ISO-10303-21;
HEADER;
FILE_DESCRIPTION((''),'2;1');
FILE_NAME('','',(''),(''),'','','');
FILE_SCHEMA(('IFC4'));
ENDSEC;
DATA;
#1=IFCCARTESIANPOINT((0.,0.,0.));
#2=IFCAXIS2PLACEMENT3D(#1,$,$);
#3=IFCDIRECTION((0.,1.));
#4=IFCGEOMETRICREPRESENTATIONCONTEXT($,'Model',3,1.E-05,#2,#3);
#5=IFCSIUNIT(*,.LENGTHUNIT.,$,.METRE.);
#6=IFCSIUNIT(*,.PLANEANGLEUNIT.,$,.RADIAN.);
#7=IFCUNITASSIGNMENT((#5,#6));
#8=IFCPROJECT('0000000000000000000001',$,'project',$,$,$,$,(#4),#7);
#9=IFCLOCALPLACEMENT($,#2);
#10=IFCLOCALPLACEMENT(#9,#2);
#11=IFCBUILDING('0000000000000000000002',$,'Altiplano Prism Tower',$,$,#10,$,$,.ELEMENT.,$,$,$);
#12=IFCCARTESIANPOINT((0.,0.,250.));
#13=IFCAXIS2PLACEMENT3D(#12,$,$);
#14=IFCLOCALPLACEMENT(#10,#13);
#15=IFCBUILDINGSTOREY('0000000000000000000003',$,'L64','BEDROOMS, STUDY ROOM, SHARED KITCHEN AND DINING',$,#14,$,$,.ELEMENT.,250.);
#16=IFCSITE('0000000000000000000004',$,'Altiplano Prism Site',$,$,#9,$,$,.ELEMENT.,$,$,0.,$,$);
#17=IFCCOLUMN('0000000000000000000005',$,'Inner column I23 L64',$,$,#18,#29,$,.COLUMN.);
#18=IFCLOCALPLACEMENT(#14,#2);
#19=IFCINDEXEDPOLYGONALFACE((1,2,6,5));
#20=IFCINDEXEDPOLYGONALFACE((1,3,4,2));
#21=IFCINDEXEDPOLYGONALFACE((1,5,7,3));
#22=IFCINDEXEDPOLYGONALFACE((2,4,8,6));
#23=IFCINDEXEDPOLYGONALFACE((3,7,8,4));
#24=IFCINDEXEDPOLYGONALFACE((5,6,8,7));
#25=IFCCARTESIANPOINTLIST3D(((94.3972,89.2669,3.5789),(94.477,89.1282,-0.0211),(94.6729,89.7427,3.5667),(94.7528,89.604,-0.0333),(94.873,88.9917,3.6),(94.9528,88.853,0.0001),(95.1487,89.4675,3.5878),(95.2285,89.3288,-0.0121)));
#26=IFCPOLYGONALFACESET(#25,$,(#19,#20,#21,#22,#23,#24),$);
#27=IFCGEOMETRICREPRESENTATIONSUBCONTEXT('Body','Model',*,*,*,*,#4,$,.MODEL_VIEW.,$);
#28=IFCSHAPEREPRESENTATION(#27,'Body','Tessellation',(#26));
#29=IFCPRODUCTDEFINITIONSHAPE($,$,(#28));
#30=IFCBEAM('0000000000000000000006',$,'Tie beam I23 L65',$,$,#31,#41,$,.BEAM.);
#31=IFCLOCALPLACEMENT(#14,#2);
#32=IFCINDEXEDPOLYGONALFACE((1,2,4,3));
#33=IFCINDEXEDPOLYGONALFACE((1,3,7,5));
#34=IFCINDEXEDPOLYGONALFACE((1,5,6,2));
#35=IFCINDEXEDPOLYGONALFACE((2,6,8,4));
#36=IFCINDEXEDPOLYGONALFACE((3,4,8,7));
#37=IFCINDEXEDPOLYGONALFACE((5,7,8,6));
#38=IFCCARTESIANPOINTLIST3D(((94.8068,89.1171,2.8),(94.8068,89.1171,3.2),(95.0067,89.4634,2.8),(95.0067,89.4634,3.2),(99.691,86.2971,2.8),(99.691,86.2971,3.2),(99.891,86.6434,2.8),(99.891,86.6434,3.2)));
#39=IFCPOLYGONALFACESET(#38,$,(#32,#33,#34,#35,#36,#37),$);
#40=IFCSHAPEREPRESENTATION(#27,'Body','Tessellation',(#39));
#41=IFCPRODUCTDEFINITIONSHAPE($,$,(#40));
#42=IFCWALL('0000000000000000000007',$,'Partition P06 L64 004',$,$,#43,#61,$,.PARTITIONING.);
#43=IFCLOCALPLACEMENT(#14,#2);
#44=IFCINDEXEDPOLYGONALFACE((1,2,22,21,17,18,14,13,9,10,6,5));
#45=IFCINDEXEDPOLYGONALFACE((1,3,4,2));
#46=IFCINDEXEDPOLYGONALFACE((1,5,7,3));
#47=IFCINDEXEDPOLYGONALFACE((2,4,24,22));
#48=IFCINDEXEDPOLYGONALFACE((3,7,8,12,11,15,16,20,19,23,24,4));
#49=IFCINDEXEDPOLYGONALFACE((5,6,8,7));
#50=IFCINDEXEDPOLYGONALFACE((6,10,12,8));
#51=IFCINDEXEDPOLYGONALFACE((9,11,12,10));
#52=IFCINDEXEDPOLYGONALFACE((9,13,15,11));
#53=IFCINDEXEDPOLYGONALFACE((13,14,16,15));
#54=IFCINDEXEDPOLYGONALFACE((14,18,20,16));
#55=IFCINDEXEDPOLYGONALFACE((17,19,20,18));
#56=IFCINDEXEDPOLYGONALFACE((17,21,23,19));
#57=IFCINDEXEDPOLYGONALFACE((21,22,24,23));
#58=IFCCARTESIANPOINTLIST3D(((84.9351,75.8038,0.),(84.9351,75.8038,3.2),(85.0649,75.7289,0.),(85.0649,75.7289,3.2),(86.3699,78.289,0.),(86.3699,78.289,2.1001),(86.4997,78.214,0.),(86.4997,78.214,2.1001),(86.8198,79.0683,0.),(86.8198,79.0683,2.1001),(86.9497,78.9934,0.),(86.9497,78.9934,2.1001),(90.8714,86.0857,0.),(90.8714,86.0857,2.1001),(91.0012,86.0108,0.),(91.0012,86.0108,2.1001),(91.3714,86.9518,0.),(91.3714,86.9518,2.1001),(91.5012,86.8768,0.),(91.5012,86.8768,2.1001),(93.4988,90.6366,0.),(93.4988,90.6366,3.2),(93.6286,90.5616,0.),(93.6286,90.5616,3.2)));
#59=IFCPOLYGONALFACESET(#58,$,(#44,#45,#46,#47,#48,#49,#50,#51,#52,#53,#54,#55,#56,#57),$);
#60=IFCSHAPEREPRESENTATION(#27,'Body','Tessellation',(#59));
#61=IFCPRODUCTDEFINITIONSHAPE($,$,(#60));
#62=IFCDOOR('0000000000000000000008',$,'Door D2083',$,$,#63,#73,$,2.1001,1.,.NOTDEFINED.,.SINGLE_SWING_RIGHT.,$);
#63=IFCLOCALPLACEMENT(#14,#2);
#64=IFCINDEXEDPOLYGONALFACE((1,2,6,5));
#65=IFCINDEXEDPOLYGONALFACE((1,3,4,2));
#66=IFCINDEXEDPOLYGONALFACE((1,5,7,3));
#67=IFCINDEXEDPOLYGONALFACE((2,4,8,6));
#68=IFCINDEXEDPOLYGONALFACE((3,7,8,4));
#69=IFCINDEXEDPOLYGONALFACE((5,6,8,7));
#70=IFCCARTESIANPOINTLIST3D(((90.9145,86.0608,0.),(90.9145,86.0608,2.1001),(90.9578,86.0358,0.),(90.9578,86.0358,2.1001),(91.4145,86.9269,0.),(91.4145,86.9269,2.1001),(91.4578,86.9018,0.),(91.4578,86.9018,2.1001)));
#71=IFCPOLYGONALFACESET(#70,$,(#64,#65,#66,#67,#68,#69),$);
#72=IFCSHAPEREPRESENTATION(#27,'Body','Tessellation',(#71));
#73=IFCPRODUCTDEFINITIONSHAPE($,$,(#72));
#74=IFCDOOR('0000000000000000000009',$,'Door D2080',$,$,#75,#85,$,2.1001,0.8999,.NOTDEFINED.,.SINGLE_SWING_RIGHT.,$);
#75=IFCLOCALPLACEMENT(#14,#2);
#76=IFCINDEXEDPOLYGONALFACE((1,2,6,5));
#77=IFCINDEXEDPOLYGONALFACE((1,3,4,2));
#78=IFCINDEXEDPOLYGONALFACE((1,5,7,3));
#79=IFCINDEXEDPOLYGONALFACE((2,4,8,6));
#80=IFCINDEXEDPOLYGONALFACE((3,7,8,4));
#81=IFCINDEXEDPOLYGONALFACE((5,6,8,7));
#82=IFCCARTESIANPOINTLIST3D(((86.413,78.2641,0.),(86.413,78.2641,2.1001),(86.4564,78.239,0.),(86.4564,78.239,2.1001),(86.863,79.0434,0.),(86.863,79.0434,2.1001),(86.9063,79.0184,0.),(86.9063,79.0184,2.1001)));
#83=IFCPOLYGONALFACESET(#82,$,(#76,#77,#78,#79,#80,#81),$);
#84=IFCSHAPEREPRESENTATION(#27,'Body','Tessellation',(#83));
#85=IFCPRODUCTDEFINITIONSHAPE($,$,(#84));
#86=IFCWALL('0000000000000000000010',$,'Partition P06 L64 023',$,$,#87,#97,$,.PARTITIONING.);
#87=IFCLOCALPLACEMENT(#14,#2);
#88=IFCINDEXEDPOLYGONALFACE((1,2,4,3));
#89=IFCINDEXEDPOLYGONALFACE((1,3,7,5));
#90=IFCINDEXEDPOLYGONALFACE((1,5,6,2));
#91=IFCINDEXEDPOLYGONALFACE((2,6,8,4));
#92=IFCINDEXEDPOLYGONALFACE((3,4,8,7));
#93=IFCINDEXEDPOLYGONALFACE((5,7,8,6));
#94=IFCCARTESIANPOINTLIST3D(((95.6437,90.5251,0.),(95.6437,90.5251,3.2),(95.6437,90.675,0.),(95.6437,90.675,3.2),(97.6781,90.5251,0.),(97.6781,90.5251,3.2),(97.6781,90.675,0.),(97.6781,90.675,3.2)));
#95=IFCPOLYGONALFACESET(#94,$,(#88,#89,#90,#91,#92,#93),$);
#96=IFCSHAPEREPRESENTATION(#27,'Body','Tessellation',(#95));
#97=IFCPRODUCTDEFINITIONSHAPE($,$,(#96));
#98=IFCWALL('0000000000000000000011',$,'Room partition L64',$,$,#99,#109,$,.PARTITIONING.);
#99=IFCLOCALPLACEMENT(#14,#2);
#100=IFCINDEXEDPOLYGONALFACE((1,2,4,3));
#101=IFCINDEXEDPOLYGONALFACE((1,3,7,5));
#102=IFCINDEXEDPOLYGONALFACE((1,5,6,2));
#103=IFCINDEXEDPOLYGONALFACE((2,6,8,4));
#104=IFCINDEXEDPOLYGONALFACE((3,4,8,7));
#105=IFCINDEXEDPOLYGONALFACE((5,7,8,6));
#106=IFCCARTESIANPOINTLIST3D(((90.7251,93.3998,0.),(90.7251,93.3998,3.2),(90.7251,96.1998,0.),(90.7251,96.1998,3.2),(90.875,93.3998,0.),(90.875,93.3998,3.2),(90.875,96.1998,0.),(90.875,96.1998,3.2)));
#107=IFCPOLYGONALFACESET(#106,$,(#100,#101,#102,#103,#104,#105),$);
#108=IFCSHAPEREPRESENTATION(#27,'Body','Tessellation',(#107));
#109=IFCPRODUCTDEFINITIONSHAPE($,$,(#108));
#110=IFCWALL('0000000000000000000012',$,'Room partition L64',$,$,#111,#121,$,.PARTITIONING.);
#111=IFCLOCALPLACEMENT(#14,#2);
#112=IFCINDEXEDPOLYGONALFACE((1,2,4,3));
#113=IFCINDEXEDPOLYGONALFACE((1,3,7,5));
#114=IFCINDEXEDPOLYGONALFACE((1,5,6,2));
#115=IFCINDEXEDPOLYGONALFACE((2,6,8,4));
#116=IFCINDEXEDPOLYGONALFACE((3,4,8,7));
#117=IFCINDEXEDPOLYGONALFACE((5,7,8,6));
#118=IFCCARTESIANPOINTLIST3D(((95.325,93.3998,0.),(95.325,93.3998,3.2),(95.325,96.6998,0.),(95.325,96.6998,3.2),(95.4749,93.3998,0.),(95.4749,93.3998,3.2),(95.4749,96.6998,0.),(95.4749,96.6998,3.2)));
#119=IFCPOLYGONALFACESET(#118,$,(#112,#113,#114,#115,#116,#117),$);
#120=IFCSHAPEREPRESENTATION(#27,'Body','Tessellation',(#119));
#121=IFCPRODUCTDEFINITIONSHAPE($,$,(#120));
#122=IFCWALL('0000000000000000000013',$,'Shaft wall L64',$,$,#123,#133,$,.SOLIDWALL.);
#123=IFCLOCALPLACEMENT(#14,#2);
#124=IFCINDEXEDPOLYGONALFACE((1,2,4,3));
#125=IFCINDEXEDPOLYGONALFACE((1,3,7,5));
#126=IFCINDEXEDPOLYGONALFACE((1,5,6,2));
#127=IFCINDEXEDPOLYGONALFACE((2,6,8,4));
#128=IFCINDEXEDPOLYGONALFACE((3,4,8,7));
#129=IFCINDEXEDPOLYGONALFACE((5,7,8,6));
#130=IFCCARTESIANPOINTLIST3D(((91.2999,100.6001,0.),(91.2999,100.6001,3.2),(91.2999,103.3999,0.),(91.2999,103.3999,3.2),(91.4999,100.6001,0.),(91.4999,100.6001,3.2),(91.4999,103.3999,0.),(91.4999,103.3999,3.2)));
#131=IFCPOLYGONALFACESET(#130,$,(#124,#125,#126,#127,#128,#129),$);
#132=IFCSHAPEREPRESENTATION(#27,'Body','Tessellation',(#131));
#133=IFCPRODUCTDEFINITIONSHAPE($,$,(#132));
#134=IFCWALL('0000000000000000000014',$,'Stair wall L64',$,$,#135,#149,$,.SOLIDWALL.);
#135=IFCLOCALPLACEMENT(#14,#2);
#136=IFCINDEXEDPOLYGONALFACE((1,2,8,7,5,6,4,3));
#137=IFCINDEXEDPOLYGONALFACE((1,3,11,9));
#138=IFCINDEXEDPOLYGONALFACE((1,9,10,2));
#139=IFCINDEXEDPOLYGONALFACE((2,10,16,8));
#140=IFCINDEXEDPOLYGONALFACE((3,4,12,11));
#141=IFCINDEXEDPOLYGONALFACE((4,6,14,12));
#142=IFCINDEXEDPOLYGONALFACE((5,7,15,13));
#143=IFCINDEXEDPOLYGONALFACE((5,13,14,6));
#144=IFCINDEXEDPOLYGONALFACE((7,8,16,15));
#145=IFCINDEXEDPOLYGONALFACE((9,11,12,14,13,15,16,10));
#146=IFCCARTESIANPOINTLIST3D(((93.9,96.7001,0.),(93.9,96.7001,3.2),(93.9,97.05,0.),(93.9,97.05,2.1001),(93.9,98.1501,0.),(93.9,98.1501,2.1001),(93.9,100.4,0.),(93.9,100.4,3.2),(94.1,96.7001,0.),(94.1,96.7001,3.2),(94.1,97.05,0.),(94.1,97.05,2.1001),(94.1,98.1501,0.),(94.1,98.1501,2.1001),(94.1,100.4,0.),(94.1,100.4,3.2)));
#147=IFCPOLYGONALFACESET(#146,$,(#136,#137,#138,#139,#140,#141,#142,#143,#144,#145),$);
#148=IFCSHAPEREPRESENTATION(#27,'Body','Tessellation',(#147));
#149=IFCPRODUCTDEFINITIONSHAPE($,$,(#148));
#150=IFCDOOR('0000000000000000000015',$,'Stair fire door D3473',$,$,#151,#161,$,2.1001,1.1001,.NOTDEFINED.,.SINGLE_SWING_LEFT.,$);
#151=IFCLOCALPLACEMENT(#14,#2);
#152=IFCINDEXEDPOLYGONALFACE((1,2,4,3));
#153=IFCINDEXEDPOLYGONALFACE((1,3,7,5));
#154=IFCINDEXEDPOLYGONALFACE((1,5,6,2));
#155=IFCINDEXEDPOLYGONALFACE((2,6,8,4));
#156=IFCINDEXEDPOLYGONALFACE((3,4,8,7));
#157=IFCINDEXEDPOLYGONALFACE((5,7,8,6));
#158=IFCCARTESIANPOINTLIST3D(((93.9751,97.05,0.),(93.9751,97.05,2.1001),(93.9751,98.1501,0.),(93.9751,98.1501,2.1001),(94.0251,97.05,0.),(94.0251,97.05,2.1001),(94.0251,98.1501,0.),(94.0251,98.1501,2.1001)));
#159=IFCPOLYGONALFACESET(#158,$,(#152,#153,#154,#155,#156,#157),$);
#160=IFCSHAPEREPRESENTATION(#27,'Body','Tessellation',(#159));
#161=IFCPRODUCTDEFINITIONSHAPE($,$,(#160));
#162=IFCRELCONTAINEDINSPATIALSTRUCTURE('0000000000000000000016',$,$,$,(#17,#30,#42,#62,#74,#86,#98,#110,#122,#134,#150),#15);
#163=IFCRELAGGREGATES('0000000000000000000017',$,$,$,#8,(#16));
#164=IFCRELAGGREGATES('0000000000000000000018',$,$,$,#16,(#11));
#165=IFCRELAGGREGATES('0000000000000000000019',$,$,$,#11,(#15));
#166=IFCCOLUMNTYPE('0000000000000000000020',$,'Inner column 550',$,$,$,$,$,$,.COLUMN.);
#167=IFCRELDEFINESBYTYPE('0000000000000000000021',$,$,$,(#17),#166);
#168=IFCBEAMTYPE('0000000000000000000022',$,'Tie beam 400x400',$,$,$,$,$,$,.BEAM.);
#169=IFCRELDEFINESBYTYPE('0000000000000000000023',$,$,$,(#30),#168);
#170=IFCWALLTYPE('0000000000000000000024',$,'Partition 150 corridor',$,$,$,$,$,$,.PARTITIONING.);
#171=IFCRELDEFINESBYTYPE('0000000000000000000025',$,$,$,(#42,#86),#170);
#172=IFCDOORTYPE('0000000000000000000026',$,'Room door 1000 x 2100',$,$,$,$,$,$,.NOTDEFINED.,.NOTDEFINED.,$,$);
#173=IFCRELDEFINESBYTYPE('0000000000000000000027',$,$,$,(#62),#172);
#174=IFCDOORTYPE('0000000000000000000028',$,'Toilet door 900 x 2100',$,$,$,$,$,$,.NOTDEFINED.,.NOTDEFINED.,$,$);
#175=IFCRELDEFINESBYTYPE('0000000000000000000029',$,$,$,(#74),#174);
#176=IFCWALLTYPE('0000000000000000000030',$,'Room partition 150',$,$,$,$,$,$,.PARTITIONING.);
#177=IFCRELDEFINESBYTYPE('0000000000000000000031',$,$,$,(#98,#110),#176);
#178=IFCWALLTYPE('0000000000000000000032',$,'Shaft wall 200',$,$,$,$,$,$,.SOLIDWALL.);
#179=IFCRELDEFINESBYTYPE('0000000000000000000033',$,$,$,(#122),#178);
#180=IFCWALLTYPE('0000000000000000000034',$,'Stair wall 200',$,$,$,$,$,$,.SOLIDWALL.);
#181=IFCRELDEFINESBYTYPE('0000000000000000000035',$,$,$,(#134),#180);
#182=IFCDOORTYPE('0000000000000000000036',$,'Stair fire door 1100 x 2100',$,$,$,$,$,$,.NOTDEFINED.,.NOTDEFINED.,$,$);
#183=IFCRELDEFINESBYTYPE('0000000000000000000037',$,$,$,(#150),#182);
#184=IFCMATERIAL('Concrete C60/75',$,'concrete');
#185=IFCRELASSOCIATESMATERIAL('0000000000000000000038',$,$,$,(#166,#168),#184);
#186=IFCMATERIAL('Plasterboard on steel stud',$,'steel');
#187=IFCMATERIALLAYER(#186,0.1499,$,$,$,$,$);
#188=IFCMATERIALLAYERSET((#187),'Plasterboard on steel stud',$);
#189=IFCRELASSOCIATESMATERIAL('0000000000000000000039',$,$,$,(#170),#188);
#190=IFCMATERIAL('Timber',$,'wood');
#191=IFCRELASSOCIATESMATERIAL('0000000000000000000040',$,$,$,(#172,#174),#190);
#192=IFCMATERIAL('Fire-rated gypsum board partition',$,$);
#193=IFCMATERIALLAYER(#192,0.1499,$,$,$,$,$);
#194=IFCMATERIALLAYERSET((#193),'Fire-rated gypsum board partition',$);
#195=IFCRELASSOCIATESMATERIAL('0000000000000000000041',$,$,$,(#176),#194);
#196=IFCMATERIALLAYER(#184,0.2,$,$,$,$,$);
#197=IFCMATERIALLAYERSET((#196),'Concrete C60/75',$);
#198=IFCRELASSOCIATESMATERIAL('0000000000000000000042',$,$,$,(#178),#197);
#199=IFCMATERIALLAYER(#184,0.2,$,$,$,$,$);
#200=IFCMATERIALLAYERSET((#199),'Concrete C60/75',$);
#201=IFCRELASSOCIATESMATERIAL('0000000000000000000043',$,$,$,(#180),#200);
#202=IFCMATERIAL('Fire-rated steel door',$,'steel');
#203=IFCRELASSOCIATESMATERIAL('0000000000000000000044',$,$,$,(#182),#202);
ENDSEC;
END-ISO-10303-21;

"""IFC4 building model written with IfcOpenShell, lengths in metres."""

from ifc_helpers import new_model, si_unit, direction, frame, frame_2d, origin, origin_2d, place, context, subcontext, project, spatial, rectangle, extrude, material, layer, layer_set, material_profile, profile_set, type_object, element, fill, save


model = new_model("IFC4")

# Units and contexts
model_context = context("Model", 3, precision=1e-05, world=origin(), true_north=direction((0.0, 1.0)))
body_context = subcontext(model_context, "Body", "Model", "MODEL_VIEW")
ifc_project = project(units=[si_unit("LENGTHUNIT", "METRE"), si_unit("PLANEANGLEUNIT", "RADIAN")], contexts=[model_context])

# Site, building, storey
site_placement = place(None, origin())
site = spatial("IfcSite", under=ifc_project, at=site_placement, Name="Altiplano Prism Site", CompositionType="ELEMENT", RefElevation=0.0)
building_placement = place(site_placement, origin())
building = spatial("IfcBuilding", under=site, at=building_placement, Name="Altiplano Prism Tower", CompositionType="ELEMENT")
storey_placement = place(building_placement, frame((0.0, 0.0, 250.0)))
storey = spatial("IfcBuildingStorey", under=building, at=storey_placement, Name="L64", Description="BEDROOMS, STUDY ROOM, SHARED KITCHEN AND DINING", CompositionType="ELEMENT", Elevation=250.0)

# Column
ifc_material_1 = material(Name="Concrete C60/75", Category="concrete")
ifc_material_profile_1 = material_profile(ifc_material_1, rectangle(XDim=0.55, YDim=0.55, at=origin_2d()), Name="Inner column 550")
ifc_profile_set_1 = profile_set([ifc_material_profile_1], Name="Concrete C60/75")
column_type = type_object("IfcColumnType", Name="Inner column 550", PredefinedType="COLUMN", material=ifc_profile_set_1)
column_placement = place(storey_placement, frame((94.8528, 89.2285, -0.0166), z_axis=(-0.022155, 0.038484, 0.999014), x_axis=(-0.501313, -0.864981, 0.022203)))
element("IfcColumn", 1, at=column_placement, inside=storey, type_object=column_type, Name="Inner column I23 L64", PredefinedType="COLUMN", context=body_context, shape_type="SweptSolid", body=[
    extrude(rectangle(XDim=0.55, YDim=0.55, at=origin_2d()), origin(), (0.0, 0.0, 1.0), 3.6035),
])

# Beam
ifc_material_profile_2 = material_profile(ifc_material_1, rectangle(XDim=0.3999, YDim=0.3999, at=origin_2d()), Name="Tie beam 400x400")
ifc_profile_set_2 = profile_set([ifc_material_profile_2], Name="Concrete C60/75")
beam_type = type_object("IfcBeamType", Name="Tie beam 400x400", PredefinedType="BEAM", material=ifc_profile_set_2)
beam_placement = place(storey_placement, frame((94.9067, 89.2903, 3.0), z_axis=(0.866015, -0.500017, 0.0), x_axis=(0.500017, 0.866015, 0.0)))
element("IfcBeam", 2, at=beam_placement, inside=storey, type_object=beam_type, Name="Tie beam I23 L65", PredefinedType="BEAM", context=body_context, shape_type="SweptSolid", body=[
    extrude(rectangle(XDim=0.3999, YDim=0.3999, at=origin_2d()), origin(), (0.0, 0.0, 1.0), 5.6399),
])

# Wall, openings, doors
ifc_material_2 = material(Name="Plasterboard on steel stud", Category="steel")
ifc_layer_1 = layer(ifc_material_2, 0.1499)
ifc_layer_set_1 = layer_set([ifc_layer_1], Name="Plasterboard on steel stud")
wall_type_1 = type_object("IfcWallType", Name="Partition 150 corridor", PredefinedType="PARTITIONING", material=ifc_layer_set_1)
wall_1_placement = place(storey_placement, frame((93.5637, 90.5991, 0.0), z_axis=(0.0, 0.0, 1.0), x_axis=(-0.500001, -0.866025, 0.0)))
wall_1 = element("IfcWall", 3, at=wall_1_placement, inside=storey, type_object=wall_type_1, Name="Partition P06 L64 004", PredefinedType="PARTITIONING", context=body_context, shape_type="SweptSolid", body=[
    extrude(rectangle(XDim=17.1274, YDim=0.1499, at=frame_2d((8.5637, 0.0))), origin(), (0.0, 0.0, 1.0), 3.2),
])
opening_1_placement = place(wall_1_placement, frame((13.3579, 0.0, 0.0)))
opening_1 = element("IfcOpeningElement", 4, at=opening_1_placement, cuts=wall_1, PredefinedType="OPENING", context=body_context, shape_type="SweptSolid", body=[
    extrude(rectangle(XDim=0.8999, YDim=2.1001, at=frame_2d((0.45, 1.05))), frame((0.0, 0.0854, 0.0), z_axis=(0.0, -1.0, 0.0), x_axis=(1.0, 0.0, 0.0)), (0.0, 0.0, 1.0), 0.1709),
])
opening_2_placement = place(wall_1_placement, frame((4.2549, 0.0, 0.0)))
opening_2 = element("IfcOpeningElement", 5, at=opening_2_placement, cuts=wall_1, PredefinedType="OPENING", context=body_context, shape_type="SweptSolid", body=[
    extrude(rectangle(XDim=1.0, YDim=2.1001, at=frame_2d((0.5, 1.05))), frame((0.0, 0.0854, 0.0), z_axis=(0.0, -1.0, 0.0), x_axis=(1.0, 0.0, 0.0)), (0.0, 0.0, 1.0), 0.1709),
])
ifc_material_3 = material(Name="Timber", Category="wood")
door_type_1 = type_object("IfcDoorType", Name="Room door 1000 x 2100", OperationType="NOTDEFINED", PredefinedType="NOTDEFINED", material=ifc_material_3)
door_1_placement = place(opening_2_placement, origin())
door_1 = element("IfcDoor", 6, at=door_1_placement, inside=storey, type_object=door_type_1, Name="Door D2083", OperationType="SINGLE_SWING_RIGHT", OverallHeight=2.1001, OverallWidth=1.0, PredefinedType="NOTDEFINED", context=body_context, shape_type="SweptSolid", body=[
    extrude(rectangle(XDim=1.0, YDim=2.1001, at=frame_2d((0.5, 1.05))), frame((0.0, 0.0249, 0.0), z_axis=(0.0, -1.0, 0.0), x_axis=(1.0, 0.0, 0.0)), (0.0, 0.0, 1.0), 0.05),
])
fill(opening_2, door_1)
door_type_2 = type_object("IfcDoorType", Name="Toilet door 900 x 2100", OperationType="NOTDEFINED", PredefinedType="NOTDEFINED", material=ifc_material_3)
door_2_placement = place(opening_1_placement, origin())
door_2 = element("IfcDoor", 7, at=door_2_placement, inside=storey, type_object=door_type_2, Name="Door D2080", OperationType="SINGLE_SWING_RIGHT", OverallHeight=2.1001, OverallWidth=0.8999, PredefinedType="NOTDEFINED", context=body_context, shape_type="SweptSolid", body=[
    extrude(rectangle(XDim=0.8999, YDim=2.1001, at=frame_2d((0.45, 1.05))), frame((0.0, 0.0249, 0.0), z_axis=(0.0, -1.0, 0.0), x_axis=(1.0, 0.0, 0.0)), (0.0, 0.0, 1.0), 0.05),
])
fill(opening_1, door_2)

# Walls
wall_2_placement = place(storey_placement, frame((95.6438, 90.6001, 0.0), z_axis=(0.0, 0.0, 1.0), x_axis=(1.0, 0.0, 0.0)))
element("IfcWall", 8, at=wall_2_placement, inside=storey, type_object=wall_type_1, Name="Partition P06 L64 023", PredefinedType="PARTITIONING", context=body_context, shape_type="SweptSolid", body=[
    extrude(rectangle(XDim=2.0344, YDim=0.1499, at=frame_2d((1.0171, 0.0))), origin(), (0.0, 0.0, 1.0), 3.2),
])
ifc_material_4 = material(Name="Fire-rated gypsum board partition")
ifc_layer_2 = layer(ifc_material_4, 0.1499)
ifc_layer_set_2 = layer_set([ifc_layer_2], Name="Fire-rated gypsum board partition")
wall_type_2 = type_object("IfcWallType", Name="Room partition 150", PredefinedType="PARTITIONING", material=ifc_layer_set_2)
wall_3_placement = place(storey_placement, frame((90.8, 93.3999, 0.0), z_axis=(0.0, 0.0, 1.0), x_axis=(0.0, 1.0, 0.0)))
element("IfcWall", 9, at=wall_3_placement, inside=storey, type_object=wall_type_2, Name="Room partition L64", PredefinedType="PARTITIONING", context=body_context, shape_type="SweptSolid", body=[
    extrude(rectangle(XDim=2.8, YDim=0.1499, at=frame_2d((1.3999, 0.0))), origin(), (0.0, 0.0, 1.0), 3.2),
])
wall_4_placement = place(storey_placement, frame((95.3999, 93.3999, 0.0), z_axis=(0.0, 0.0, 1.0), x_axis=(0.0, 1.0, 0.0)))
element("IfcWall", 10, at=wall_4_placement, inside=storey, type_object=wall_type_2, Name="Room partition L64", PredefinedType="PARTITIONING", context=body_context, shape_type="SweptSolid", body=[
    extrude(rectangle(XDim=3.3, YDim=0.1499, at=frame_2d((1.6499, 0.0))), origin(), (0.0, 0.0, 1.0), 3.2),
])
ifc_layer_3 = layer(ifc_material_1, 0.2)
ifc_layer_set_3 = layer_set([ifc_layer_3], Name="Concrete C60/75")
wall_type_3 = type_object("IfcWallType", Name="Shaft wall 200", PredefinedType="SOLIDWALL", material=ifc_layer_set_3)
wall_5_placement = place(storey_placement, frame((91.3999, 100.6001, 0.0), z_axis=(0.0, 0.0, 1.0), x_axis=(0.0, 1.0, 0.0)))
element("IfcWall", 11, at=wall_5_placement, inside=storey, type_object=wall_type_3, Name="Shaft wall L64", PredefinedType="SOLIDWALL", context=body_context, shape_type="SweptSolid", body=[
    extrude(rectangle(XDim=2.7998, YDim=0.2, at=frame_2d((1.3999, 0.0))), origin(), (0.0, 0.0, 1.0), 3.2),
])

# Wall, opening, door
ifc_layer_4 = layer(ifc_material_1, 0.2)
ifc_layer_set_4 = layer_set([ifc_layer_4], Name="Concrete C60/75")
wall_type_4 = type_object("IfcWallType", Name="Stair wall 200", PredefinedType="SOLIDWALL", material=ifc_layer_set_4)
wall_6_placement = place(storey_placement, frame((94.0, 96.7, 0.0), z_axis=(0.0, 0.0, 1.0), x_axis=(0.0, 1.0, 0.0)))
wall_6 = element("IfcWall", 12, at=wall_6_placement, inside=storey, type_object=wall_type_4, Name="Stair wall L64", PredefinedType="SOLIDWALL", context=body_context, shape_type="SweptSolid", body=[
    extrude(rectangle(XDim=3.7, YDim=0.2, at=frame_2d((1.8501, 0.0))), origin(), (0.0, 0.0, 1.0), 3.2),
])
opening_3_placement = place(wall_6_placement, frame((0.3501, 0.0, 0.0)))
opening_3 = element("IfcOpeningElement", 13, at=opening_3_placement, cuts=wall_6, PredefinedType="OPENING", context=body_context, shape_type="SweptSolid", body=[
    extrude(rectangle(XDim=1.1001, YDim=2.1001, at=frame_2d((0.55, 1.05))), frame((0.0, 0.1104, 0.0), z_axis=(0.0, -1.0, 0.0), x_axis=(1.0, 0.0, 0.0)), (0.0, 0.0, 1.0), 0.2209),
])
ifc_material_5 = material(Name="Fire-rated steel door", Category="steel")
door_type_3 = type_object("IfcDoorType", Name="Stair fire door 1100 x 2100", OperationType="NOTDEFINED", PredefinedType="NOTDEFINED", material=ifc_material_5)
door_3_placement = place(opening_3_placement, origin())
door_3 = element("IfcDoor", 14, at=door_3_placement, inside=storey, type_object=door_type_3, Name="Stair fire door D3473", OperationType="SINGLE_SWING_LEFT", OverallHeight=2.1001, OverallWidth=1.1001, PredefinedType="NOTDEFINED", context=body_context, shape_type="SweptSolid", body=[
    extrude(rectangle(XDim=1.1001, YDim=2.1001, at=frame_2d((0.55, 1.05))), frame((0.0, 0.0249, 0.0), z_axis=(0.0, -1.0, 0.0), x_axis=(1.0, 0.0, 0.0)), (0.0, 0.0, 1.0), 0.05),
])
fill(opening_3, door_3)

save(model, "model.ifc")
